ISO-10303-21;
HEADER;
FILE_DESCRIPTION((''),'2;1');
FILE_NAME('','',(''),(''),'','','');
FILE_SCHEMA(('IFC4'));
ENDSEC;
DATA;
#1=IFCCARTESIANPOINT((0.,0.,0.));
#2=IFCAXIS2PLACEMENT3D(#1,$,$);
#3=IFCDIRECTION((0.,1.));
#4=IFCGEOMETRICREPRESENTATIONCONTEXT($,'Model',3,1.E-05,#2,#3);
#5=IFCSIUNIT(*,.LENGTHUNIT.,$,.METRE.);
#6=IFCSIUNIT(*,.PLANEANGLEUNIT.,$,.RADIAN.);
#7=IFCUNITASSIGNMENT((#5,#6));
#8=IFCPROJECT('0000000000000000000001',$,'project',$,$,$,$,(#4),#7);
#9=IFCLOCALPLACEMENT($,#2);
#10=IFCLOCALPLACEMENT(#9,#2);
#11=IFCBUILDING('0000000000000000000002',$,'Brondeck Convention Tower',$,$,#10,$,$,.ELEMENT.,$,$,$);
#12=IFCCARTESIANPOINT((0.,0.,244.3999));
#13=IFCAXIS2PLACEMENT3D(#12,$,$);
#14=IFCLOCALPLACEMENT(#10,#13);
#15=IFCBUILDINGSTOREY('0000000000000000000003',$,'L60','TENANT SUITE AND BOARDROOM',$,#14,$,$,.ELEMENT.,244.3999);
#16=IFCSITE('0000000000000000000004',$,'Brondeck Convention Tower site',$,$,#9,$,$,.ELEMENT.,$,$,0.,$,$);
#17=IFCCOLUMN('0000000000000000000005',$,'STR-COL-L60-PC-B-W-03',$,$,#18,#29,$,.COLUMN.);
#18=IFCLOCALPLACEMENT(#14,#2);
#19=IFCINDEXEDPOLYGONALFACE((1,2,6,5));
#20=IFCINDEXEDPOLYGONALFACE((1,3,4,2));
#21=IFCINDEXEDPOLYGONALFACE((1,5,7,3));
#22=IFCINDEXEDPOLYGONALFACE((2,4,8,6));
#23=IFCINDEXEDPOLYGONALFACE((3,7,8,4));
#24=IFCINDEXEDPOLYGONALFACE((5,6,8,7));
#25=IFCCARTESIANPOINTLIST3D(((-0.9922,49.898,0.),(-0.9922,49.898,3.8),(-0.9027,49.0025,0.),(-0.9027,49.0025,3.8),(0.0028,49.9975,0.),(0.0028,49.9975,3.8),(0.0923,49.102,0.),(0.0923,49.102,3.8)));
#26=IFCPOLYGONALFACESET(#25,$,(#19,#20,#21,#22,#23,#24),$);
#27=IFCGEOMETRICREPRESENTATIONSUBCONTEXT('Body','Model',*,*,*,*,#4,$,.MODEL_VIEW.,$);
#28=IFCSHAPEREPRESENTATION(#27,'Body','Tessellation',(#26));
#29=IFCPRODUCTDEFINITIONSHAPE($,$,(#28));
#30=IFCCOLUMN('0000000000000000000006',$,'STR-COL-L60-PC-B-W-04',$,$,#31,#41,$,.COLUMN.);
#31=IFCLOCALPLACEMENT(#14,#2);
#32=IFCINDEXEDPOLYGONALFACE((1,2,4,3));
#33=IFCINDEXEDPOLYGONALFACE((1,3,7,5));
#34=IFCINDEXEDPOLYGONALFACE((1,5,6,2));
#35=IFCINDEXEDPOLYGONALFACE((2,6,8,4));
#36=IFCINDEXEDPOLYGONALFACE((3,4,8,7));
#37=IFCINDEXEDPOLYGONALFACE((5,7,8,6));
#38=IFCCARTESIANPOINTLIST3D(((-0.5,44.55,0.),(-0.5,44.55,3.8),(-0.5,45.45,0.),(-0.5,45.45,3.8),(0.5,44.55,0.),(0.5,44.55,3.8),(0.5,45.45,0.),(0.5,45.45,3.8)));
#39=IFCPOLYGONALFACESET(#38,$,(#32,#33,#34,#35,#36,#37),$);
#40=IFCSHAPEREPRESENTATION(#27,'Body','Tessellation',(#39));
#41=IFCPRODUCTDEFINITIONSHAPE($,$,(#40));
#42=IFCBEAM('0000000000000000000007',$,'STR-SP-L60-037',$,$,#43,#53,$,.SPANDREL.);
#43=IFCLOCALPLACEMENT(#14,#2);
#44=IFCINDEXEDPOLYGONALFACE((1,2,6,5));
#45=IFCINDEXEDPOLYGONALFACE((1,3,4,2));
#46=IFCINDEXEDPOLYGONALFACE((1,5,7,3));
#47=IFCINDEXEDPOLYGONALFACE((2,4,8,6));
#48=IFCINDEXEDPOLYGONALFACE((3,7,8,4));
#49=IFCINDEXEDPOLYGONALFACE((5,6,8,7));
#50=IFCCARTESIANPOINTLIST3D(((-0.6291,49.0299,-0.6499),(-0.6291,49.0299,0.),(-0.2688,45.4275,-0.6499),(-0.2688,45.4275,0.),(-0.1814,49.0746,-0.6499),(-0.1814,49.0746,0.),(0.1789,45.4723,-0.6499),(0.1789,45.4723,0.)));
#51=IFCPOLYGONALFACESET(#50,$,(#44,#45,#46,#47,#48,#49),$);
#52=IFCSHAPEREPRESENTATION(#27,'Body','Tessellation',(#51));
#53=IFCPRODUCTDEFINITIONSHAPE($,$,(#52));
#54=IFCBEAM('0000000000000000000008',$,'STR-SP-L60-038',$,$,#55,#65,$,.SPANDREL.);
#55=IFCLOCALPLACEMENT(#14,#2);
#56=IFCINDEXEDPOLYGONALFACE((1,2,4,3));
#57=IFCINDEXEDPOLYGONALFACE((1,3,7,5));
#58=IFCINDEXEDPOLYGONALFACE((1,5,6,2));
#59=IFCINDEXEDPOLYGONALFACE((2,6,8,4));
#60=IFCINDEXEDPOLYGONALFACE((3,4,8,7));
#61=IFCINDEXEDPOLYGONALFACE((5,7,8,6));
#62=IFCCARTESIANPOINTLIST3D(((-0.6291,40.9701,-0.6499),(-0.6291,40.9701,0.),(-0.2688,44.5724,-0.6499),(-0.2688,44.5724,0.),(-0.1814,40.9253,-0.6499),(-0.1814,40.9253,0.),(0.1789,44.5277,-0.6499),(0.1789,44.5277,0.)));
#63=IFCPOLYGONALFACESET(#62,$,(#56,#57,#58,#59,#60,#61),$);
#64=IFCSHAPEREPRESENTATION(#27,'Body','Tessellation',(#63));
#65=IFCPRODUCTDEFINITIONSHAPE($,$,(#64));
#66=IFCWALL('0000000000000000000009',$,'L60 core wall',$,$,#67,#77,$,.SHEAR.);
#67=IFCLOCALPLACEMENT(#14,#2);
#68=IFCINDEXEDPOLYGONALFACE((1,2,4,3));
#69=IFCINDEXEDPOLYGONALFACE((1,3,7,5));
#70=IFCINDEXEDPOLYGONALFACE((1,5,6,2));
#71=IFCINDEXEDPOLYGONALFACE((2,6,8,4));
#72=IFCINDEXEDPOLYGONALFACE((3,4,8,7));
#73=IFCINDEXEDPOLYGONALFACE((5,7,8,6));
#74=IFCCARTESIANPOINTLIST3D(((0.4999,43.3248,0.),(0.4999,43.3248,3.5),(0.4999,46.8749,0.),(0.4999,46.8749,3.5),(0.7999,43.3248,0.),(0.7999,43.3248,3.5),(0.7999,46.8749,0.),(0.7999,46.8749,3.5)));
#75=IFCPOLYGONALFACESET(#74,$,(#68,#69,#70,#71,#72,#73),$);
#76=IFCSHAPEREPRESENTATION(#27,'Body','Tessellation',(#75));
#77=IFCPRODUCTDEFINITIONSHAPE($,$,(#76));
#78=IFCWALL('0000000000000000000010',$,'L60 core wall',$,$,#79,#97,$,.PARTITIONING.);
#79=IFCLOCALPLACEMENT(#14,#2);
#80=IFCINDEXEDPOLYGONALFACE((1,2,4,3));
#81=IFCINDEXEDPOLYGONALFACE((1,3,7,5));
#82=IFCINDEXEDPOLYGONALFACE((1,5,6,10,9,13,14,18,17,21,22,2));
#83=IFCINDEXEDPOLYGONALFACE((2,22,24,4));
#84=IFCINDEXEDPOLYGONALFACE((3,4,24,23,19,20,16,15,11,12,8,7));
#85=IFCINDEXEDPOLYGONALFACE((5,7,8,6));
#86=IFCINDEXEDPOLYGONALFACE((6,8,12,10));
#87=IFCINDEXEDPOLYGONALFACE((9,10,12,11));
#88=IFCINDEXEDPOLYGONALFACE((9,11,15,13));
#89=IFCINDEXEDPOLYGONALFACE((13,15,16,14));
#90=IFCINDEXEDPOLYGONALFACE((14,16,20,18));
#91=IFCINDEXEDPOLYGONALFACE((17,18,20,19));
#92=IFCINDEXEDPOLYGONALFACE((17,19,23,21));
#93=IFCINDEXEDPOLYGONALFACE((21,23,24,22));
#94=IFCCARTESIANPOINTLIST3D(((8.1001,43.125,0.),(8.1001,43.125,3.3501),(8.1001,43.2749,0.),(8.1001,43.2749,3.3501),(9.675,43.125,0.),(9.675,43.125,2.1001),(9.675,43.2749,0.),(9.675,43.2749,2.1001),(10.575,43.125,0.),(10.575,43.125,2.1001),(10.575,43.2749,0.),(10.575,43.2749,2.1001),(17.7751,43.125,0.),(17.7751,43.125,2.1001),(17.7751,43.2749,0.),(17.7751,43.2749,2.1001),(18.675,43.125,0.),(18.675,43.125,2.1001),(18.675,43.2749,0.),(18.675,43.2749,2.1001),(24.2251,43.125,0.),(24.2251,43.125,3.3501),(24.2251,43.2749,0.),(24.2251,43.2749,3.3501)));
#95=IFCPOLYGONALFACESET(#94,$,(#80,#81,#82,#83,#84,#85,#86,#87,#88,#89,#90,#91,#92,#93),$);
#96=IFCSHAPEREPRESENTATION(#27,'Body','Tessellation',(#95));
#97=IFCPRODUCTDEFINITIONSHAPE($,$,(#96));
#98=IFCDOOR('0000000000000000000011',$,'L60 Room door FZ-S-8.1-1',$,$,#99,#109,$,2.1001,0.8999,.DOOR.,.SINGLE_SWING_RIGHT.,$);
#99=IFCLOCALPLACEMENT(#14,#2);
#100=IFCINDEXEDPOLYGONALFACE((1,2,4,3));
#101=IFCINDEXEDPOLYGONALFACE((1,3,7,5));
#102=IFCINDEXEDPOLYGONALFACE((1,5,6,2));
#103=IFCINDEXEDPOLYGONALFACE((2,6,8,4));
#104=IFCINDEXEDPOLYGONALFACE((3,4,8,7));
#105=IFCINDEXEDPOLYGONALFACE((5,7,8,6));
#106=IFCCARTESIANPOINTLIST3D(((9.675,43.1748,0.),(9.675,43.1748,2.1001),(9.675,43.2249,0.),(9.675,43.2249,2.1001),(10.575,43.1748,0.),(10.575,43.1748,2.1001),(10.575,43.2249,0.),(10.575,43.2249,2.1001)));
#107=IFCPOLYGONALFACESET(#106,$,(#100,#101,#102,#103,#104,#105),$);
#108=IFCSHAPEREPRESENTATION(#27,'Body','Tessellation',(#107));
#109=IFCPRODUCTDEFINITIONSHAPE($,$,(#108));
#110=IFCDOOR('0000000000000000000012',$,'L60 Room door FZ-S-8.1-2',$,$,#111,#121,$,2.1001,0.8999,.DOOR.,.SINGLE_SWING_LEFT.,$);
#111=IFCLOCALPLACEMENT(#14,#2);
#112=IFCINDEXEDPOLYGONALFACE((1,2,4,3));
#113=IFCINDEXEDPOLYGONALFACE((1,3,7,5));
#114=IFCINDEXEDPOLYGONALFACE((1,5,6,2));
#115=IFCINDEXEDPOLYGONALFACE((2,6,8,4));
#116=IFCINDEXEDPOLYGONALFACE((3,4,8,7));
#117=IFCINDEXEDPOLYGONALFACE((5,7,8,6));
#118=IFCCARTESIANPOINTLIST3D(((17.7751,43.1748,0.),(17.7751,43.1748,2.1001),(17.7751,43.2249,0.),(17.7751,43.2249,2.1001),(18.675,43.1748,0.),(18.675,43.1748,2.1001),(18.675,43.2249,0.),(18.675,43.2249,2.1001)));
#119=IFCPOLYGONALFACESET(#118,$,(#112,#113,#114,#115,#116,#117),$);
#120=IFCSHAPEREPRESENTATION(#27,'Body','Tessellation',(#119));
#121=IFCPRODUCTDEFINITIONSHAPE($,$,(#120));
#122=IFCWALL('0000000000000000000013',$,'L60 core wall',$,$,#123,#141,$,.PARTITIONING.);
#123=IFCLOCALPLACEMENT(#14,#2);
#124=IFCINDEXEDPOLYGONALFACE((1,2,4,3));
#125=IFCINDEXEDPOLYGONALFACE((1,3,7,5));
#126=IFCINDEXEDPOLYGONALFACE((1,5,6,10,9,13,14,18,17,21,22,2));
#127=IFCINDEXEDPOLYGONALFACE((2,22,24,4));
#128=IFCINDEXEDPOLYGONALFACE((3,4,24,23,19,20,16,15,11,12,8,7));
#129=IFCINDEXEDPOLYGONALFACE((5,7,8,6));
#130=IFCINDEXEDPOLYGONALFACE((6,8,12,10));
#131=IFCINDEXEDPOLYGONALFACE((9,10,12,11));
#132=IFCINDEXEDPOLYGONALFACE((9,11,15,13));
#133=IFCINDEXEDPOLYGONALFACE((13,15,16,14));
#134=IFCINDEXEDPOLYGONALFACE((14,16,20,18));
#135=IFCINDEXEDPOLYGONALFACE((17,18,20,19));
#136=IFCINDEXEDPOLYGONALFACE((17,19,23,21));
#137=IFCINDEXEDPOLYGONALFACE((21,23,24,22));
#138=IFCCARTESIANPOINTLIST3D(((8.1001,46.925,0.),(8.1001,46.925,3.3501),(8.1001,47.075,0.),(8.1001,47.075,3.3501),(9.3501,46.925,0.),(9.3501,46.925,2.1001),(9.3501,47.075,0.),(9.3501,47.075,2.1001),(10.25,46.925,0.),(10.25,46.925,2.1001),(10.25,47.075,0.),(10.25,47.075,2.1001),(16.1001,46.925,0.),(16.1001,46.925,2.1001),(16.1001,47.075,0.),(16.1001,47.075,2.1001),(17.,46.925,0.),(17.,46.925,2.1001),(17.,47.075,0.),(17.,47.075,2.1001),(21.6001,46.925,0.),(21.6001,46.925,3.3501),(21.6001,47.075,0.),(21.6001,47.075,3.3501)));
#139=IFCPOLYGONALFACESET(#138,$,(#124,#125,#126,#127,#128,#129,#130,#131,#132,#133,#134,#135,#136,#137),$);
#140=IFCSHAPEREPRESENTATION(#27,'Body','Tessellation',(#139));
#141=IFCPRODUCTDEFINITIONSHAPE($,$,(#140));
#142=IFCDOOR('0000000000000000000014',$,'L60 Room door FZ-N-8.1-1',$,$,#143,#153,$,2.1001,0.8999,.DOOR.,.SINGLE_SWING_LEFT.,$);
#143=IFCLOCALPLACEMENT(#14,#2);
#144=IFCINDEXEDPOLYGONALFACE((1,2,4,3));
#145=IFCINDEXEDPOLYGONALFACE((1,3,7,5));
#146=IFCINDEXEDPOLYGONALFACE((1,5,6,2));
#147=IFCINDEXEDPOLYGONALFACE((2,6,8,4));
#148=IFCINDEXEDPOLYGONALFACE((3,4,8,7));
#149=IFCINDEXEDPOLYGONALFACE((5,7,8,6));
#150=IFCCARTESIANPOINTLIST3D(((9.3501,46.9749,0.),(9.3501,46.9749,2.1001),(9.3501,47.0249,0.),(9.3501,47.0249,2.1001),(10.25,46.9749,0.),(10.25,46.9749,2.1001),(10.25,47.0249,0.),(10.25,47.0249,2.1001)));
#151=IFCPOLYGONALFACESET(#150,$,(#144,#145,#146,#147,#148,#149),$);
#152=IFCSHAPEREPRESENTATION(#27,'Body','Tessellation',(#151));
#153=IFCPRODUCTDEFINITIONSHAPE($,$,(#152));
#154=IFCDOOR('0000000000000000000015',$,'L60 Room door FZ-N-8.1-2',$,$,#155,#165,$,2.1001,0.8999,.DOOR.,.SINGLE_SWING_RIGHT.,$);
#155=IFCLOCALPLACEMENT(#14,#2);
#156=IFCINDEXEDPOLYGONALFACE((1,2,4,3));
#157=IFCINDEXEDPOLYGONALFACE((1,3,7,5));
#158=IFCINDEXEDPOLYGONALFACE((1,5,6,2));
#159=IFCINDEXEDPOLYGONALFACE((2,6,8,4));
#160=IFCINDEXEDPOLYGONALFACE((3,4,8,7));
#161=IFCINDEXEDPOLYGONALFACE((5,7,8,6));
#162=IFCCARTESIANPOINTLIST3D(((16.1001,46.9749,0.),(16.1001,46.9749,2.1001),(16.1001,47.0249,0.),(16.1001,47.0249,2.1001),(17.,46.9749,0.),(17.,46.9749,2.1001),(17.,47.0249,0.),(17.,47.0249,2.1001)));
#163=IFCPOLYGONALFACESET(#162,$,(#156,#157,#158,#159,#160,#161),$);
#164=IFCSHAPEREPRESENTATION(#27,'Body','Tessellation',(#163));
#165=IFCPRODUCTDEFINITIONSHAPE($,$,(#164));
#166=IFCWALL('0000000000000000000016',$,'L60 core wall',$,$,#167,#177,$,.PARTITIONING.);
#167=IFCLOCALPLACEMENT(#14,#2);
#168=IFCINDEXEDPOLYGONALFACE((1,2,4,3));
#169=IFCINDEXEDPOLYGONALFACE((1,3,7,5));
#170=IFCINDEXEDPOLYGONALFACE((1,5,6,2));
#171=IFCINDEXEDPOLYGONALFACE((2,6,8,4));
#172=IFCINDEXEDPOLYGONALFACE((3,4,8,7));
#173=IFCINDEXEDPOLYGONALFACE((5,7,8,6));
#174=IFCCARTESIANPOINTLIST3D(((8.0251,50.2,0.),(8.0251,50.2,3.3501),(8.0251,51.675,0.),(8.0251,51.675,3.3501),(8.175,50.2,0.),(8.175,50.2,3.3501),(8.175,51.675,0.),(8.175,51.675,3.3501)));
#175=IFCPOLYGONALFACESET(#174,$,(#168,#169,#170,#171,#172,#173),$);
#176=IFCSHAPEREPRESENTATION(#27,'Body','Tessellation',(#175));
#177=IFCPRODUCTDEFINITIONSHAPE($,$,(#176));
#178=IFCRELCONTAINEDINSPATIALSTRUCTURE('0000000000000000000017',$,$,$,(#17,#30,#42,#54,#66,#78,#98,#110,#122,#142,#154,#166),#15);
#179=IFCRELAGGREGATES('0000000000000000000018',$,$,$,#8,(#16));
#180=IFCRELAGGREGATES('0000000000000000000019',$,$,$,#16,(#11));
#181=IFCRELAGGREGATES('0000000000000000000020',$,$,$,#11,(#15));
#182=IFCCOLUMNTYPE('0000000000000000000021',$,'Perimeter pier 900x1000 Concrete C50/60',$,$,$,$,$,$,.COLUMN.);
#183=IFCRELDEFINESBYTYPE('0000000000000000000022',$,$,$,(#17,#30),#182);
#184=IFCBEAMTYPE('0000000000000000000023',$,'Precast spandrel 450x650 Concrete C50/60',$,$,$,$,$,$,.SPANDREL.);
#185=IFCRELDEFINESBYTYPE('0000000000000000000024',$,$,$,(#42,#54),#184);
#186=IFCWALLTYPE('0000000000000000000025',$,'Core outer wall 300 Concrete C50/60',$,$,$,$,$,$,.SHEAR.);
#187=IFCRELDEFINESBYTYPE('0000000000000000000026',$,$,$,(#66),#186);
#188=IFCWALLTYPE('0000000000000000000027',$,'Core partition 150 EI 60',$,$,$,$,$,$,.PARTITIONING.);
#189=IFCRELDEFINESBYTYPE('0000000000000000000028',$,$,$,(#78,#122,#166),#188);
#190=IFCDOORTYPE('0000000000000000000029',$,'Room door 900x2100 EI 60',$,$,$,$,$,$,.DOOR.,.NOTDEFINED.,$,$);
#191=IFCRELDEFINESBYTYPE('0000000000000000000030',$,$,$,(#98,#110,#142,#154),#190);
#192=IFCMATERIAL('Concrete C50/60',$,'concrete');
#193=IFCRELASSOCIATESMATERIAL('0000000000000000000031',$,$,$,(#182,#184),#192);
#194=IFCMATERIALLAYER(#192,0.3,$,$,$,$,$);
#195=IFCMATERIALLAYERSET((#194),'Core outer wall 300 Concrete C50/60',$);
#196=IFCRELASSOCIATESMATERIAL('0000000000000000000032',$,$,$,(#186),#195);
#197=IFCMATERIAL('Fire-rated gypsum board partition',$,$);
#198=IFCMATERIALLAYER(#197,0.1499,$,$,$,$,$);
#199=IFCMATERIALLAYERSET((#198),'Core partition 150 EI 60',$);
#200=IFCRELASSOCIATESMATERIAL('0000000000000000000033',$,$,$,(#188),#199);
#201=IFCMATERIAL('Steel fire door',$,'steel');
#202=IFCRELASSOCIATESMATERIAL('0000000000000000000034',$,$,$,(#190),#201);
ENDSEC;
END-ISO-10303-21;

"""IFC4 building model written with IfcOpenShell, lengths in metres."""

from ifc_helpers import new_model, si_unit, direction, frame, frame_2d, origin, origin_2d, place, context, subcontext, project, spatial, rectangle, extrude, material, layer, layer_set, material_profile, profile_set, type_object, element, fill, save


model = new_model("IFC4")

# Units and contexts
model_context = context("Model", 3, precision=1e-05, world=origin(), true_north=direction((0.0, 1.0)))
body_context = subcontext(model_context, "Body", "Model", "MODEL_VIEW")
ifc_project = project(units=[si_unit("LENGTHUNIT", "METRE"), si_unit("PLANEANGLEUNIT", "RADIAN")], contexts=[model_context])

# Site, building, storey
site_placement = place(None, origin())
site = spatial("IfcSite", under=ifc_project, at=site_placement, Name="Brondeck Convention Tower site", CompositionType="ELEMENT", RefElevation=0.0)
building_placement = place(site_placement, origin())
building = spatial("IfcBuilding", under=site, at=building_placement, Name="Brondeck Convention Tower", CompositionType="ELEMENT")
storey_placement = place(building_placement, frame((0.0, 0.0, 244.3999)))
storey = spatial("IfcBuildingStorey", under=building, at=storey_placement, Name="L60", Description="TENANT SUITE AND BOARDROOM", CompositionType="ELEMENT", Elevation=244.3999)

# Columns
ifc_material_1 = material(Name="Concrete C50/60", Category="concrete")
ifc_material_profile_1 = material_profile(ifc_material_1, rectangle(XDim=0.8999, YDim=1.0, at=origin_2d()), Name="Perimeter pier 900x1000 Concrete C50/60")
ifc_profile_set_1 = profile_set([ifc_material_profile_1], Name="Concrete C50/60")
column_type = type_object("IfcColumnType", Name="Perimeter pier 900x1000 Concrete C50/60", PredefinedType="COLUMN", material=ifc_profile_set_1)
for number, where, z_axis, x_axis, name in (
    (1, (-0.45, 49.5, 0.0), (0.0, 0.0, 1.0), (0.099504, -0.995037, 0.0), "STR-COL-L60-PC-B-W-03"),
    (2, (0.0, 45.0, 0.0), (0.0, 0.0, 1.0), (0.0, -1.0, 0.0), "STR-COL-L60-PC-B-W-04"),
):
    element("IfcColumn", number, at=place(storey_placement, frame(where, z_axis=z_axis, x_axis=x_axis)), inside=storey, type_object=column_type, Name=name, PredefinedType="COLUMN", context=body_context, shape_type="SweptSolid", body=[
        extrude(rectangle(XDim=0.8999, YDim=1.0, at=origin_2d()), origin(), (0.0, 0.0, 1.0), 3.8),
    ])

# Beams
ifc_material_profile_2 = material_profile(ifc_material_1, rectangle(XDim=0.45, YDim=0.6499, at=origin_2d()), Name="Precast spandrel 450x650 Concrete C50/60")
ifc_profile_set_2 = profile_set([ifc_material_profile_2], Name="Concrete C50/60")
beam_type = type_object("IfcBeamType", Name="Precast spandrel 450x650 Concrete C50/60", PredefinedType="SPANDREL", material=ifc_profile_set_2)
for number, where, z_axis, x_axis, name in (
    (3, (-0.4053, 49.0522, -0.325), (0.099537, -0.995034, 0.0), (0.995034, 0.099537, 0.0), "STR-SP-L60-037"),
    (4, (-0.0449, 44.55, -0.325), (-0.099537, -0.995034, 0.0), (0.995034, -0.099537, 0.0), "STR-SP-L60-038"),
):
    element("IfcBeam", number, at=place(storey_placement, frame(where, z_axis=z_axis, x_axis=x_axis)), inside=storey, type_object=beam_type, Name=name, PredefinedType="SPANDREL", context=body_context, shape_type="SweptSolid", body=[
        extrude(rectangle(XDim=0.45, YDim=0.6499, at=origin_2d()), origin(), (0.0, 0.0, 1.0), 3.6204),
    ])

# Wall
ifc_layer_1 = layer(ifc_material_1, 0.3)
ifc_layer_set_1 = layer_set([ifc_layer_1], Name="Core outer wall 300 Concrete C50/60")
wall_type_1 = type_object("IfcWallType", Name="Core outer wall 300 Concrete C50/60", PredefinedType="SHEAR", material=ifc_layer_set_1)
wall_1_placement = place(storey_placement, frame((0.6499, 43.325, 0.0), z_axis=(0.0, 0.0, 1.0), x_axis=(0.0, 1.0, 0.0)))
element("IfcWall", 5, at=wall_1_placement, inside=storey, type_object=wall_type_1, Name="L60 core wall", PredefinedType="SHEAR", context=body_context, shape_type="SweptSolid", body=[
    extrude(rectangle(XDim=3.55, YDim=0.3, at=frame_2d((1.7749, 0.0))), origin(), (0.0, 0.0, 1.0), 3.5),
])

# Walls, openings, doors
ifc_material_2 = material(Name="Fire-rated gypsum board partition")
ifc_layer_2 = layer(ifc_material_2, 0.1499)
ifc_layer_set_2 = layer_set([ifc_layer_2], Name="Core partition 150 EI 60")
wall_type_2 = type_object("IfcWallType", Name="Core partition 150 EI 60", PredefinedType="PARTITIONING", material=ifc_layer_set_2)
wall_2_placement = place(storey_placement, frame((8.1001, 43.2, 0.0), z_axis=(0.0, 0.0, 1.0), x_axis=(1.0, 0.0, 0.0)))
wall_2 = element("IfcWall", 6, at=wall_2_placement, inside=storey, type_object=wall_type_2, Name="L60 core wall", PredefinedType="PARTITIONING", context=body_context, shape_type="SweptSolid", body=[
    extrude(rectangle(XDim=16.125, YDim=0.1499, at=frame_2d((8.0625, 0.0))), origin(), (0.0, 0.0, 1.0), 3.3501),
])
opening_1_placement = place(wall_2_placement, frame((1.575, 0.0, 0.0)))
opening_1 = element("IfcOpeningElement", 7, at=opening_1_placement, cuts=wall_2, PredefinedType="OPENING", context=body_context, shape_type="SweptSolid", body=[
    extrude(rectangle(XDim=0.8999, YDim=2.1001, at=frame_2d((0.45, 1.05))), frame((0.0, 0.085, 0.0), z_axis=(0.0, -1.0, 0.0), x_axis=(1.0, 0.0, 0.0)), (0.0, 0.0, 1.0), 0.1699),
])
opening_2_placement = place(wall_2_placement, frame((9.675, 0.0, 0.0)))
opening_2 = element("IfcOpeningElement", 8, at=opening_2_placement, cuts=wall_2, PredefinedType="OPENING", context=body_context, shape_type="SweptSolid", body=[
    extrude(rectangle(XDim=0.8999, YDim=2.1001, at=frame_2d((0.45, 1.05))), frame((0.0, 0.085, 0.0), z_axis=(0.0, -1.0, 0.0), x_axis=(1.0, 0.0, 0.0)), (0.0, 0.0, 1.0), 0.1699),
])
ifc_material_3 = material(Name="Steel fire door", Category="steel")
door_type_1 = type_object("IfcDoorType", Name="Room door 900x2100 EI 60", OperationType="NOTDEFINED", PredefinedType="DOOR", material=ifc_material_3)
door_1_placement = place(opening_1_placement, origin())
door_1 = element("IfcDoor", 9, at=door_1_placement, inside=storey, type_object=door_type_1, Name="L60 Room door FZ-S-8.1-1", OperationType="SINGLE_SWING_RIGHT", OverallHeight=2.1001, OverallWidth=0.8999, PredefinedType="DOOR", context=body_context, shape_type="SweptSolid", body=[
    extrude(rectangle(XDim=0.8999, YDim=2.1001, at=frame_2d((0.45, 1.05))), frame((0.0, 0.0249, 0.0), z_axis=(0.0, -1.0, 0.0), x_axis=(1.0, 0.0, 0.0)), (0.0, 0.0, 1.0), 0.05),
])
fill(opening_1, door_1)
door_2_placement = place(opening_2_placement, origin())
door_2 = element("IfcDoor", 10, at=door_2_placement, inside=storey, type_object=door_type_1, Name="L60 Room door FZ-S-8.1-2", OperationType="SINGLE_SWING_LEFT", OverallHeight=2.1001, OverallWidth=0.8999, PredefinedType="DOOR", context=body_context, shape_type="SweptSolid", body=[
    extrude(rectangle(XDim=0.8999, YDim=2.1001, at=frame_2d((0.45, 1.05))), frame((0.0, 0.0249, 0.0), z_axis=(0.0, -1.0, 0.0), x_axis=(1.0, 0.0, 0.0)), (0.0, 0.0, 1.0), 0.05),
])
fill(opening_2, door_2)
wall_3_placement = place(storey_placement, frame((8.1001, 47.0, 0.0), z_axis=(0.0, 0.0, 1.0), x_axis=(1.0, 0.0, 0.0)))
wall_3 = element("IfcWall", 11, at=wall_3_placement, inside=storey, type_object=wall_type_2, Name="L60 core wall", PredefinedType="PARTITIONING", context=body_context, shape_type="SweptSolid", body=[
    extrude(rectangle(XDim=13.5, YDim=0.1499, at=frame_2d((6.75, 0.0))), origin(), (0.0, 0.0, 1.0), 3.3501),
])
opening_3_placement = place(wall_3_placement, frame((1.25, 0.0, 0.0)))
opening_3 = element("IfcOpeningElement", 12, at=opening_3_placement, cuts=wall_3, PredefinedType="OPENING", context=body_context, shape_type="SweptSolid", body=[
    extrude(rectangle(XDim=0.8999, YDim=2.1001, at=frame_2d((0.45, 1.05))), frame((0.0, 0.085, 0.0), z_axis=(0.0, -1.0, 0.0), x_axis=(1.0, 0.0, 0.0)), (0.0, 0.0, 1.0), 0.1699),
])
opening_4_placement = place(wall_3_placement, frame((8.0, 0.0, 0.0)))
opening_4 = element("IfcOpeningElement", 13, at=opening_4_placement, cuts=wall_3, PredefinedType="OPENING", context=body_context, shape_type="SweptSolid", body=[
    extrude(rectangle(XDim=0.8999, YDim=2.1001, at=frame_2d((0.45, 1.05))), frame((0.0, 0.085, 0.0), z_axis=(0.0, -1.0, 0.0), x_axis=(1.0, 0.0, 0.0)), (0.0, 0.0, 1.0), 0.1699),
])
door_3_placement = place(opening_3_placement, origin())
door_3 = element("IfcDoor", 14, at=door_3_placement, inside=storey, type_object=door_type_1, Name="L60 Room door FZ-N-8.1-1", OperationType="SINGLE_SWING_LEFT", OverallHeight=2.1001, OverallWidth=0.8999, PredefinedType="DOOR", context=body_context, shape_type="SweptSolid", body=[
    extrude(rectangle(XDim=0.8999, YDim=2.1001, at=frame_2d((0.45, 1.05))), frame((0.0, 0.0249, 0.0), z_axis=(0.0, -1.0, 0.0), x_axis=(1.0, 0.0, 0.0)), (0.0, 0.0, 1.0), 0.05),
])
fill(opening_3, door_3)
door_4_placement = place(opening_4_placement, origin())
door_4 = element("IfcDoor", 15, at=door_4_placement, inside=storey, type_object=door_type_1, Name="L60 Room door FZ-N-8.1-2", OperationType="SINGLE_SWING_RIGHT", OverallHeight=2.1001, OverallWidth=0.8999, PredefinedType="DOOR", context=body_context, shape_type="SweptSolid", body=[
    extrude(rectangle(XDim=0.8999, YDim=2.1001, at=frame_2d((0.45, 1.05))), frame((0.0, 0.0249, 0.0), z_axis=(0.0, -1.0, 0.0), x_axis=(1.0, 0.0, 0.0)), (0.0, 0.0, 1.0), 0.05),
])
fill(opening_4, door_4)

# Wall
wall_4_placement = place(storey_placement, frame((8.1001, 50.2, 0.0), z_axis=(0.0, 0.0, 1.0), x_axis=(0.0, 1.0, 0.0)))
element("IfcWall", 16, at=wall_4_placement, inside=storey, type_object=wall_type_2, Name="L60 core wall", PredefinedType="PARTITIONING", context=body_context, shape_type="SweptSolid", body=[
    extrude(rectangle(XDim=1.4751, YDim=0.1499, at=frame_2d((0.7375, 0.0))), origin(), (0.0, 0.0, 1.0), 3.3501),
])

save(model, "model.ifc")
